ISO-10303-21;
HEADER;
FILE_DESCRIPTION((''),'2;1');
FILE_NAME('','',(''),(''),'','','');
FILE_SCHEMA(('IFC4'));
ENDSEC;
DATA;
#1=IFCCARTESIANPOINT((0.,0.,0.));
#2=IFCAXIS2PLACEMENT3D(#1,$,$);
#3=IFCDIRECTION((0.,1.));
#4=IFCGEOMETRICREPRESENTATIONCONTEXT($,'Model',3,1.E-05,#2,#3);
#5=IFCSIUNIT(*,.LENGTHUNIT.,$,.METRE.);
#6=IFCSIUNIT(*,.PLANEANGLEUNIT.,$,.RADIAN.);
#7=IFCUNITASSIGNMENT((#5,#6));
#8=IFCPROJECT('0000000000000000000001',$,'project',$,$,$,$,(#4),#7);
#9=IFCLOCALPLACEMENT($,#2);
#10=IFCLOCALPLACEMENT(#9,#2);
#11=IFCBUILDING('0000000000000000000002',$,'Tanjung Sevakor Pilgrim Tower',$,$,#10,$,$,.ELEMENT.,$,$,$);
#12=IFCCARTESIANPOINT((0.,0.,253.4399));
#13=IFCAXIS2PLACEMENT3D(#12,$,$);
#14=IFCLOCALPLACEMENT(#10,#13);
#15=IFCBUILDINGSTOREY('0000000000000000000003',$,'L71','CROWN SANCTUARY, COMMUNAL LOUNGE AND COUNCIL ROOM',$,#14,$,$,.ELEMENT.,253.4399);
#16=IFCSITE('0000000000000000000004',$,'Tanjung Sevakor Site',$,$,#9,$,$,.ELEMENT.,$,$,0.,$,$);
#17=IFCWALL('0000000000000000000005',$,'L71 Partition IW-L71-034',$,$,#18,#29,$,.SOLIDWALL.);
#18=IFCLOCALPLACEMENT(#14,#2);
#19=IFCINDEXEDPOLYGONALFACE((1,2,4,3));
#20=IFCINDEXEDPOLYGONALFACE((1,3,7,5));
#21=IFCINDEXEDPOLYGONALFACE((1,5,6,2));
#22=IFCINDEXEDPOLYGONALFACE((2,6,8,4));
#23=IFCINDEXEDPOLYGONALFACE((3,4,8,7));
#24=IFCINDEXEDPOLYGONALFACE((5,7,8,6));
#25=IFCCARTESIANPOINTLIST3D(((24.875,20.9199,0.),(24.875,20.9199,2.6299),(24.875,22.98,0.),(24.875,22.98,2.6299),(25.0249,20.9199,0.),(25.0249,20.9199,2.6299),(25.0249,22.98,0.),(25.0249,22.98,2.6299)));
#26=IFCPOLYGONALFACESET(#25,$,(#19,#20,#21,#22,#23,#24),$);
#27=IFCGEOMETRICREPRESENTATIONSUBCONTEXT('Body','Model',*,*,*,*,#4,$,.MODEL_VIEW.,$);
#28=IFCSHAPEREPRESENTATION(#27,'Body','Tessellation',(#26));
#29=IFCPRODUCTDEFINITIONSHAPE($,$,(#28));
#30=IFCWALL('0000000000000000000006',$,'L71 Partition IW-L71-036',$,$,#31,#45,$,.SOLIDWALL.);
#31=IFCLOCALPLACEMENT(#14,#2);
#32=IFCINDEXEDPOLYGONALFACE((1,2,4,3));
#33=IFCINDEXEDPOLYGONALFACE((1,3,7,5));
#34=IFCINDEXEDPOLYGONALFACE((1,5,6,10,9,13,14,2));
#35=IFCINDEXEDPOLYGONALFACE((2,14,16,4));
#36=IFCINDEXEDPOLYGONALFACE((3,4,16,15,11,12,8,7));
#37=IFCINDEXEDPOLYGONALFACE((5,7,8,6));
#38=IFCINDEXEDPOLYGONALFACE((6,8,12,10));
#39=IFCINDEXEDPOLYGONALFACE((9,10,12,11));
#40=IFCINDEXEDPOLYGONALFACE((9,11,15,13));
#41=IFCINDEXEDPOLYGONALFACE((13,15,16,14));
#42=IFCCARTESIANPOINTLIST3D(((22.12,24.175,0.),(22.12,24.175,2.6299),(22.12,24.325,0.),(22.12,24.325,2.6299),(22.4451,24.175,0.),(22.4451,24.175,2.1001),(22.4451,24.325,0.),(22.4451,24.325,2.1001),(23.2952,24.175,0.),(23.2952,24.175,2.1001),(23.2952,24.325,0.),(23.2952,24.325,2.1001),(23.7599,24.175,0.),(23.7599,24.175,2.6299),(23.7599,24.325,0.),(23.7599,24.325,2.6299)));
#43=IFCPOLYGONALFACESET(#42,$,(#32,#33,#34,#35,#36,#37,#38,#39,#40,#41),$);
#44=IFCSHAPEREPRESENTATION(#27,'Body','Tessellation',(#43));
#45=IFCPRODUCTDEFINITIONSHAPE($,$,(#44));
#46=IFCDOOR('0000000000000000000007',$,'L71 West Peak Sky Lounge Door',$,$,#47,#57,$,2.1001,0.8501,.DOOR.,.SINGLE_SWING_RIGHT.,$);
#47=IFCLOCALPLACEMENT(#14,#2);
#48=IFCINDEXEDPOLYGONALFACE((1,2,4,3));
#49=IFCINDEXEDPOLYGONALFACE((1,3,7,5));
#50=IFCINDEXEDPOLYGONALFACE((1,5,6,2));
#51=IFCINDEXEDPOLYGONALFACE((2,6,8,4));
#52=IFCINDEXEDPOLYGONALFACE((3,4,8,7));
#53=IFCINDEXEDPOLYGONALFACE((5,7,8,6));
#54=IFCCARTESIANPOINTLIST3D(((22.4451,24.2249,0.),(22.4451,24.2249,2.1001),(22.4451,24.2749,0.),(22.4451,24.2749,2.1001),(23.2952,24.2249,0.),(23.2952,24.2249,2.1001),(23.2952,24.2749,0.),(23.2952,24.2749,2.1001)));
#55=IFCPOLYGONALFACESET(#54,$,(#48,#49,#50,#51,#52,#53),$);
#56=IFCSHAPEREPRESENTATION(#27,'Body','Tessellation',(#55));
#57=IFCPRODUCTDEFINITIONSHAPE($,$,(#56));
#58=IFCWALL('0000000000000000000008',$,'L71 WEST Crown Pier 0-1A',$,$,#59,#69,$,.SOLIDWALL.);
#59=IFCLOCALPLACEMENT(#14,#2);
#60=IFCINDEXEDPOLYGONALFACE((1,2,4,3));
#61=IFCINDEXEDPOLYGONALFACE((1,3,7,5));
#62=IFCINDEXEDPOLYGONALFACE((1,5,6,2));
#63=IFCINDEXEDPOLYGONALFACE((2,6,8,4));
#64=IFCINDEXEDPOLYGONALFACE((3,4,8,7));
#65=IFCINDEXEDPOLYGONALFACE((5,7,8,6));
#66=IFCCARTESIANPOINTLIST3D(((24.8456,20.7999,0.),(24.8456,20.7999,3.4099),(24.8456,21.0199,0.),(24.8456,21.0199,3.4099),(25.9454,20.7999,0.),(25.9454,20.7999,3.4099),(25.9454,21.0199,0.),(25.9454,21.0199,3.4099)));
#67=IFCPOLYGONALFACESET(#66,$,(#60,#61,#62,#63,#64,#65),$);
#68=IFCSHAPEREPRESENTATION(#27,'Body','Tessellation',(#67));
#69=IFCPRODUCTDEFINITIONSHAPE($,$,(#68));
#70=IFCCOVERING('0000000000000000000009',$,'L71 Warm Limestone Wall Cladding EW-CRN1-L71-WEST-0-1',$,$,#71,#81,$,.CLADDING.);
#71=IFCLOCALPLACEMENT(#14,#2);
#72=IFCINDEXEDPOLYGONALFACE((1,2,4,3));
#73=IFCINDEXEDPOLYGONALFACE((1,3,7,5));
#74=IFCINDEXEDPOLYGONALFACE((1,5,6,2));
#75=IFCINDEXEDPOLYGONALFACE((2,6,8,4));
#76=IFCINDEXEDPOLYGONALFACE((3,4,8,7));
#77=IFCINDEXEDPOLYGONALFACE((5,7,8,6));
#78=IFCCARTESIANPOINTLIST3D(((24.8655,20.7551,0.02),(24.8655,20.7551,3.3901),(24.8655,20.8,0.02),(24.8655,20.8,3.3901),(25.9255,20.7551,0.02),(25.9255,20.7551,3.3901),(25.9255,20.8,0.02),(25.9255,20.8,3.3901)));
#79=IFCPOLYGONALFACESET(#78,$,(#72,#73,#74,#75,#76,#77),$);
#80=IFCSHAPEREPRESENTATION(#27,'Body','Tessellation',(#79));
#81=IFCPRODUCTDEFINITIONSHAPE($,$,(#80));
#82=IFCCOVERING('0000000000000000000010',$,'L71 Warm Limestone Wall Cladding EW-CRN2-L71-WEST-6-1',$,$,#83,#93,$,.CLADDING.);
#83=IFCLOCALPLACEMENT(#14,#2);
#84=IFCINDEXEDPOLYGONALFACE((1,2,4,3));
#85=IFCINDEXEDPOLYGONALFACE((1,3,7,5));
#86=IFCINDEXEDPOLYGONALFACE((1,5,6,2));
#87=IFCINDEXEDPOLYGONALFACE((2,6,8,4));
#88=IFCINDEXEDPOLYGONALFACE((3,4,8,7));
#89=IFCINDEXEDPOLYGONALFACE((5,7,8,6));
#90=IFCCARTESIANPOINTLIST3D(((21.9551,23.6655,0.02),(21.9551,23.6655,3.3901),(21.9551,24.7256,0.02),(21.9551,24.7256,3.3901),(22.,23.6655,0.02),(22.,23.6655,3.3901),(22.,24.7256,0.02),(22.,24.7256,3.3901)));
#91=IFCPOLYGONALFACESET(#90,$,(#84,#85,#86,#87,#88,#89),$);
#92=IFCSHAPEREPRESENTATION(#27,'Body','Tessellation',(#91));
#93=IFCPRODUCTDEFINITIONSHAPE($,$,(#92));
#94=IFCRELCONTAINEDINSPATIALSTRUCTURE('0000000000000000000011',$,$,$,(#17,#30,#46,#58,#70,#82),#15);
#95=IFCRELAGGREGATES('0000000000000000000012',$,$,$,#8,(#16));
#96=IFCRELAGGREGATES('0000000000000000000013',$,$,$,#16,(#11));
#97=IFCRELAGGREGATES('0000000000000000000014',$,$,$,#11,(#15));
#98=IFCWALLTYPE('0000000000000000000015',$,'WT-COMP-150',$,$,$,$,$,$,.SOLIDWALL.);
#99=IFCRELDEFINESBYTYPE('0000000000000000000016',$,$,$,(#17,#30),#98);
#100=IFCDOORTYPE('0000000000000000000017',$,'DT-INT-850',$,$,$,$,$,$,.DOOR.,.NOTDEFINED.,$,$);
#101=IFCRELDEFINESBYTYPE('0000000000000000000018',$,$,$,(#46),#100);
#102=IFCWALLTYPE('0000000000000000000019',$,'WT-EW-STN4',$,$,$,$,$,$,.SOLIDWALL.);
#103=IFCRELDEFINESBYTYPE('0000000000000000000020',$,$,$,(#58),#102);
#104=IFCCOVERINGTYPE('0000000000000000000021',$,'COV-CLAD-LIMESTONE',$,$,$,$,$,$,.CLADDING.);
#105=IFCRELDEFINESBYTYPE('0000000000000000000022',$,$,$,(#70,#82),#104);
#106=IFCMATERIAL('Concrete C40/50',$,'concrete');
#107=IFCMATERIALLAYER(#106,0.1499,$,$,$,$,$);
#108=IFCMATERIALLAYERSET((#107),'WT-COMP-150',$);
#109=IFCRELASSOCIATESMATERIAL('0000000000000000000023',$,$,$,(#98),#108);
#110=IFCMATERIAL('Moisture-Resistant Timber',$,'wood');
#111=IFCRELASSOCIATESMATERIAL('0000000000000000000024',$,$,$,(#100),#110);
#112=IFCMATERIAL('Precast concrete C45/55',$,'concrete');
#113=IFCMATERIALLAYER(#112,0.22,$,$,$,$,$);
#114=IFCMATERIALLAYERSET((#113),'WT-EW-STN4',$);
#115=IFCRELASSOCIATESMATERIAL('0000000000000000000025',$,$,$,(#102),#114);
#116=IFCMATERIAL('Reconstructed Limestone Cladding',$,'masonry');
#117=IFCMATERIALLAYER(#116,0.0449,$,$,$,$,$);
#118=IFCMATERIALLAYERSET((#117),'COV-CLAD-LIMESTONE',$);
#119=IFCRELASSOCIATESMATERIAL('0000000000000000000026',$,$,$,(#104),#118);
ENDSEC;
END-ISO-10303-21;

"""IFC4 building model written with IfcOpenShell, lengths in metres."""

from ifc_helpers import new_model, si_unit, direction, frame, frame_2d, origin, origin_2d, place, context, subcontext, project, spatial, rectangle, extrude, material, layer, layer_set, type_object, element, fill, save


model = new_model("IFC4")

# Units and contexts
model_context = context("Model", 3, precision=1e-05, world=origin(), true_north=direction((0.0, 1.0)))
body_context = subcontext(model_context, "Body", "Model", "MODEL_VIEW")
ifc_project = project(units=[si_unit("LENGTHUNIT", "METRE"), si_unit("PLANEANGLEUNIT", "RADIAN")], contexts=[model_context])

# Site, building, storey
site_placement = place(None, origin())
site = spatial("IfcSite", under=ifc_project, at=site_placement, Name="Tanjung Sevakor Site", CompositionType="ELEMENT", RefElevation=0.0)
building_placement = place(site_placement, origin())
building = spatial("IfcBuilding", under=site, at=building_placement, Name="Tanjung Sevakor Pilgrim Tower", CompositionType="ELEMENT")
storey_placement = place(building_placement, frame((0.0, 0.0, 253.4399)))
storey = spatial("IfcBuildingStorey", under=building, at=storey_placement, Name="L71", Description="CROWN SANCTUARY, COMMUNAL LOUNGE AND COUNCIL ROOM", CompositionType="ELEMENT", Elevation=253.4399)

# Shared definitions
ifc_material_1 = material(Name="Concrete C40/50", Category="concrete")
ifc_layer_1 = layer(ifc_material_1, 0.1499)
ifc_layer_set_1 = layer_set([ifc_layer_1], Name="WT-COMP-150")
wall_type_1 = type_object("IfcWallType", Name="WT-COMP-150", PredefinedType="SOLIDWALL", material=ifc_layer_set_1)
ifc_material_2 = material(Name="Moisture-Resistant Timber", Category="wood")
door_type_1 = type_object("IfcDoorType", Name="DT-INT-850", OperationType="NOTDEFINED", PredefinedType="DOOR", material=ifc_material_2)

# Wall
wall_1_placement = place(storey_placement, frame((24.95, 20.9199, 0.0), z_axis=(0.0, 0.0, 1.0), x_axis=(0.0, 1.0, 0.0)))
element("IfcWall", 1, at=wall_1_placement, inside=storey, type_object=wall_type_1, Name="L71 Partition IW-L71-034", PredefinedType="SOLIDWALL", context=body_context, shape_type="SweptSolid", body=[
    extrude(rectangle(XDim=2.0601, YDim=0.1499, at=frame_2d((1.03, 0.0))), origin(), (0.0, 0.0, 1.0), 2.6299),
])

# Wall, opening, door
wall_2_placement = place(storey_placement, frame((22.1201, 24.25, 0.0), z_axis=(0.0, 0.0, 1.0), x_axis=(1.0, 0.0, 0.0)))
wall_2 = element("IfcWall", 2, at=wall_2_placement, inside=storey, type_object=wall_type_1, Name="L71 Partition IW-L71-036", PredefinedType="SOLIDWALL", context=body_context, shape_type="SweptSolid", body=[
    extrude(rectangle(XDim=1.6399, YDim=0.1499, at=frame_2d((0.8198, 0.0))), origin(), (0.0, 0.0, 1.0), 2.6299),
])
opening_1_placement = place(wall_2_placement, frame((0.325, 0.0, 0.0)))
opening_1 = element("IfcOpeningElement", 3, at=opening_1_placement, cuts=wall_2, PredefinedType="OPENING", context=body_context, shape_type="SweptSolid", body=[
    extrude(rectangle(XDim=0.8501, YDim=2.1001, at=frame_2d((0.425, 1.05))), frame((0.0, 0.085, 0.0), z_axis=(0.0, -1.0, 0.0), x_axis=(1.0, 0.0, 0.0)), (0.0, 0.0, 1.0), 0.1699),
])
door_1_placement = place(opening_1_placement, origin())
door_1 = element("IfcDoor", 4, at=door_1_placement, inside=storey, type_object=door_type_1, Name="L71 West Peak Sky Lounge Door", OperationType="SINGLE_SWING_RIGHT", OverallHeight=2.1001, OverallWidth=0.8501, PredefinedType="DOOR", context=body_context, shape_type="SweptSolid", body=[
    extrude(rectangle(XDim=0.8501, YDim=2.1001, at=frame_2d((0.425, 1.05))), frame((0.0, 0.0249, 0.0), z_axis=(0.0, -1.0, 0.0), x_axis=(1.0, 0.0, 0.0)), (0.0, 0.0, 1.0), 0.05),
])
fill(opening_1, door_1)

# Wall
ifc_material_3 = material(Name="Precast concrete C45/55", Category="concrete")
ifc_layer_2 = layer(ifc_material_3, 0.22)
ifc_layer_set_2 = layer_set([ifc_layer_2], Name="WT-EW-STN4")
wall_type_2 = type_object("IfcWallType", Name="WT-EW-STN4", PredefinedType="SOLIDWALL", material=ifc_layer_set_2)
wall_3_placement = place(storey_placement, frame((24.8457, 20.9099, 0.0), z_axis=(0.0, 0.0, 1.0), x_axis=(1.0, 0.0, 0.0)))
element("IfcWall", 5, at=wall_3_placement, inside=storey, type_object=wall_type_2, Name="L71 WEST Crown Pier 0-1A", PredefinedType="SOLIDWALL", context=body_context, shape_type="SweptSolid", body=[
    extrude(rectangle(XDim=1.0999, YDim=0.22, at=frame_2d((0.5498, 0.0))), origin(), (0.0, 0.0, 1.0), 3.4099),
])

# Coverings
ifc_material_4 = material(Name="Reconstructed Limestone Cladding", Category="masonry")
ifc_layer_3 = layer(ifc_material_4, 0.0449)
ifc_layer_set_3 = layer_set([ifc_layer_3], Name="COV-CLAD-LIMESTONE")
covering_type = type_object("IfcCoveringType", Name="COV-CLAD-LIMESTONE", PredefinedType="CLADDING", material=ifc_layer_set_3)
for number, where, z_axis, x_axis, name in (
    (6, (25.3955, 20.7776, 0.02), (0.0, 0.0, 1.0), (1.0, 0.0, 0.0), "L71 Warm Limestone Wall Cladding EW-CRN1-L71-WEST-0-1"),
    (7, (21.9775, 24.1956, 0.02), (0.0, 0.0, 1.0), (0.0, -1.0, 0.0), "L71 Warm Limestone Wall Cladding EW-CRN2-L71-WEST-6-1"),
):
    element("IfcCovering", number, at=place(storey_placement, frame(where, z_axis=z_axis, x_axis=x_axis)), inside=storey, type_object=covering_type, Name=name, PredefinedType="CLADDING", context=body_context, shape_type="SweptSolid", body=[
        extrude(rectangle(XDim=1.0601, YDim=0.0449, at=origin_2d()), origin(), (0.0, 0.0, 1.0), 3.3701),
    ])

save(model, "model.ifc")
